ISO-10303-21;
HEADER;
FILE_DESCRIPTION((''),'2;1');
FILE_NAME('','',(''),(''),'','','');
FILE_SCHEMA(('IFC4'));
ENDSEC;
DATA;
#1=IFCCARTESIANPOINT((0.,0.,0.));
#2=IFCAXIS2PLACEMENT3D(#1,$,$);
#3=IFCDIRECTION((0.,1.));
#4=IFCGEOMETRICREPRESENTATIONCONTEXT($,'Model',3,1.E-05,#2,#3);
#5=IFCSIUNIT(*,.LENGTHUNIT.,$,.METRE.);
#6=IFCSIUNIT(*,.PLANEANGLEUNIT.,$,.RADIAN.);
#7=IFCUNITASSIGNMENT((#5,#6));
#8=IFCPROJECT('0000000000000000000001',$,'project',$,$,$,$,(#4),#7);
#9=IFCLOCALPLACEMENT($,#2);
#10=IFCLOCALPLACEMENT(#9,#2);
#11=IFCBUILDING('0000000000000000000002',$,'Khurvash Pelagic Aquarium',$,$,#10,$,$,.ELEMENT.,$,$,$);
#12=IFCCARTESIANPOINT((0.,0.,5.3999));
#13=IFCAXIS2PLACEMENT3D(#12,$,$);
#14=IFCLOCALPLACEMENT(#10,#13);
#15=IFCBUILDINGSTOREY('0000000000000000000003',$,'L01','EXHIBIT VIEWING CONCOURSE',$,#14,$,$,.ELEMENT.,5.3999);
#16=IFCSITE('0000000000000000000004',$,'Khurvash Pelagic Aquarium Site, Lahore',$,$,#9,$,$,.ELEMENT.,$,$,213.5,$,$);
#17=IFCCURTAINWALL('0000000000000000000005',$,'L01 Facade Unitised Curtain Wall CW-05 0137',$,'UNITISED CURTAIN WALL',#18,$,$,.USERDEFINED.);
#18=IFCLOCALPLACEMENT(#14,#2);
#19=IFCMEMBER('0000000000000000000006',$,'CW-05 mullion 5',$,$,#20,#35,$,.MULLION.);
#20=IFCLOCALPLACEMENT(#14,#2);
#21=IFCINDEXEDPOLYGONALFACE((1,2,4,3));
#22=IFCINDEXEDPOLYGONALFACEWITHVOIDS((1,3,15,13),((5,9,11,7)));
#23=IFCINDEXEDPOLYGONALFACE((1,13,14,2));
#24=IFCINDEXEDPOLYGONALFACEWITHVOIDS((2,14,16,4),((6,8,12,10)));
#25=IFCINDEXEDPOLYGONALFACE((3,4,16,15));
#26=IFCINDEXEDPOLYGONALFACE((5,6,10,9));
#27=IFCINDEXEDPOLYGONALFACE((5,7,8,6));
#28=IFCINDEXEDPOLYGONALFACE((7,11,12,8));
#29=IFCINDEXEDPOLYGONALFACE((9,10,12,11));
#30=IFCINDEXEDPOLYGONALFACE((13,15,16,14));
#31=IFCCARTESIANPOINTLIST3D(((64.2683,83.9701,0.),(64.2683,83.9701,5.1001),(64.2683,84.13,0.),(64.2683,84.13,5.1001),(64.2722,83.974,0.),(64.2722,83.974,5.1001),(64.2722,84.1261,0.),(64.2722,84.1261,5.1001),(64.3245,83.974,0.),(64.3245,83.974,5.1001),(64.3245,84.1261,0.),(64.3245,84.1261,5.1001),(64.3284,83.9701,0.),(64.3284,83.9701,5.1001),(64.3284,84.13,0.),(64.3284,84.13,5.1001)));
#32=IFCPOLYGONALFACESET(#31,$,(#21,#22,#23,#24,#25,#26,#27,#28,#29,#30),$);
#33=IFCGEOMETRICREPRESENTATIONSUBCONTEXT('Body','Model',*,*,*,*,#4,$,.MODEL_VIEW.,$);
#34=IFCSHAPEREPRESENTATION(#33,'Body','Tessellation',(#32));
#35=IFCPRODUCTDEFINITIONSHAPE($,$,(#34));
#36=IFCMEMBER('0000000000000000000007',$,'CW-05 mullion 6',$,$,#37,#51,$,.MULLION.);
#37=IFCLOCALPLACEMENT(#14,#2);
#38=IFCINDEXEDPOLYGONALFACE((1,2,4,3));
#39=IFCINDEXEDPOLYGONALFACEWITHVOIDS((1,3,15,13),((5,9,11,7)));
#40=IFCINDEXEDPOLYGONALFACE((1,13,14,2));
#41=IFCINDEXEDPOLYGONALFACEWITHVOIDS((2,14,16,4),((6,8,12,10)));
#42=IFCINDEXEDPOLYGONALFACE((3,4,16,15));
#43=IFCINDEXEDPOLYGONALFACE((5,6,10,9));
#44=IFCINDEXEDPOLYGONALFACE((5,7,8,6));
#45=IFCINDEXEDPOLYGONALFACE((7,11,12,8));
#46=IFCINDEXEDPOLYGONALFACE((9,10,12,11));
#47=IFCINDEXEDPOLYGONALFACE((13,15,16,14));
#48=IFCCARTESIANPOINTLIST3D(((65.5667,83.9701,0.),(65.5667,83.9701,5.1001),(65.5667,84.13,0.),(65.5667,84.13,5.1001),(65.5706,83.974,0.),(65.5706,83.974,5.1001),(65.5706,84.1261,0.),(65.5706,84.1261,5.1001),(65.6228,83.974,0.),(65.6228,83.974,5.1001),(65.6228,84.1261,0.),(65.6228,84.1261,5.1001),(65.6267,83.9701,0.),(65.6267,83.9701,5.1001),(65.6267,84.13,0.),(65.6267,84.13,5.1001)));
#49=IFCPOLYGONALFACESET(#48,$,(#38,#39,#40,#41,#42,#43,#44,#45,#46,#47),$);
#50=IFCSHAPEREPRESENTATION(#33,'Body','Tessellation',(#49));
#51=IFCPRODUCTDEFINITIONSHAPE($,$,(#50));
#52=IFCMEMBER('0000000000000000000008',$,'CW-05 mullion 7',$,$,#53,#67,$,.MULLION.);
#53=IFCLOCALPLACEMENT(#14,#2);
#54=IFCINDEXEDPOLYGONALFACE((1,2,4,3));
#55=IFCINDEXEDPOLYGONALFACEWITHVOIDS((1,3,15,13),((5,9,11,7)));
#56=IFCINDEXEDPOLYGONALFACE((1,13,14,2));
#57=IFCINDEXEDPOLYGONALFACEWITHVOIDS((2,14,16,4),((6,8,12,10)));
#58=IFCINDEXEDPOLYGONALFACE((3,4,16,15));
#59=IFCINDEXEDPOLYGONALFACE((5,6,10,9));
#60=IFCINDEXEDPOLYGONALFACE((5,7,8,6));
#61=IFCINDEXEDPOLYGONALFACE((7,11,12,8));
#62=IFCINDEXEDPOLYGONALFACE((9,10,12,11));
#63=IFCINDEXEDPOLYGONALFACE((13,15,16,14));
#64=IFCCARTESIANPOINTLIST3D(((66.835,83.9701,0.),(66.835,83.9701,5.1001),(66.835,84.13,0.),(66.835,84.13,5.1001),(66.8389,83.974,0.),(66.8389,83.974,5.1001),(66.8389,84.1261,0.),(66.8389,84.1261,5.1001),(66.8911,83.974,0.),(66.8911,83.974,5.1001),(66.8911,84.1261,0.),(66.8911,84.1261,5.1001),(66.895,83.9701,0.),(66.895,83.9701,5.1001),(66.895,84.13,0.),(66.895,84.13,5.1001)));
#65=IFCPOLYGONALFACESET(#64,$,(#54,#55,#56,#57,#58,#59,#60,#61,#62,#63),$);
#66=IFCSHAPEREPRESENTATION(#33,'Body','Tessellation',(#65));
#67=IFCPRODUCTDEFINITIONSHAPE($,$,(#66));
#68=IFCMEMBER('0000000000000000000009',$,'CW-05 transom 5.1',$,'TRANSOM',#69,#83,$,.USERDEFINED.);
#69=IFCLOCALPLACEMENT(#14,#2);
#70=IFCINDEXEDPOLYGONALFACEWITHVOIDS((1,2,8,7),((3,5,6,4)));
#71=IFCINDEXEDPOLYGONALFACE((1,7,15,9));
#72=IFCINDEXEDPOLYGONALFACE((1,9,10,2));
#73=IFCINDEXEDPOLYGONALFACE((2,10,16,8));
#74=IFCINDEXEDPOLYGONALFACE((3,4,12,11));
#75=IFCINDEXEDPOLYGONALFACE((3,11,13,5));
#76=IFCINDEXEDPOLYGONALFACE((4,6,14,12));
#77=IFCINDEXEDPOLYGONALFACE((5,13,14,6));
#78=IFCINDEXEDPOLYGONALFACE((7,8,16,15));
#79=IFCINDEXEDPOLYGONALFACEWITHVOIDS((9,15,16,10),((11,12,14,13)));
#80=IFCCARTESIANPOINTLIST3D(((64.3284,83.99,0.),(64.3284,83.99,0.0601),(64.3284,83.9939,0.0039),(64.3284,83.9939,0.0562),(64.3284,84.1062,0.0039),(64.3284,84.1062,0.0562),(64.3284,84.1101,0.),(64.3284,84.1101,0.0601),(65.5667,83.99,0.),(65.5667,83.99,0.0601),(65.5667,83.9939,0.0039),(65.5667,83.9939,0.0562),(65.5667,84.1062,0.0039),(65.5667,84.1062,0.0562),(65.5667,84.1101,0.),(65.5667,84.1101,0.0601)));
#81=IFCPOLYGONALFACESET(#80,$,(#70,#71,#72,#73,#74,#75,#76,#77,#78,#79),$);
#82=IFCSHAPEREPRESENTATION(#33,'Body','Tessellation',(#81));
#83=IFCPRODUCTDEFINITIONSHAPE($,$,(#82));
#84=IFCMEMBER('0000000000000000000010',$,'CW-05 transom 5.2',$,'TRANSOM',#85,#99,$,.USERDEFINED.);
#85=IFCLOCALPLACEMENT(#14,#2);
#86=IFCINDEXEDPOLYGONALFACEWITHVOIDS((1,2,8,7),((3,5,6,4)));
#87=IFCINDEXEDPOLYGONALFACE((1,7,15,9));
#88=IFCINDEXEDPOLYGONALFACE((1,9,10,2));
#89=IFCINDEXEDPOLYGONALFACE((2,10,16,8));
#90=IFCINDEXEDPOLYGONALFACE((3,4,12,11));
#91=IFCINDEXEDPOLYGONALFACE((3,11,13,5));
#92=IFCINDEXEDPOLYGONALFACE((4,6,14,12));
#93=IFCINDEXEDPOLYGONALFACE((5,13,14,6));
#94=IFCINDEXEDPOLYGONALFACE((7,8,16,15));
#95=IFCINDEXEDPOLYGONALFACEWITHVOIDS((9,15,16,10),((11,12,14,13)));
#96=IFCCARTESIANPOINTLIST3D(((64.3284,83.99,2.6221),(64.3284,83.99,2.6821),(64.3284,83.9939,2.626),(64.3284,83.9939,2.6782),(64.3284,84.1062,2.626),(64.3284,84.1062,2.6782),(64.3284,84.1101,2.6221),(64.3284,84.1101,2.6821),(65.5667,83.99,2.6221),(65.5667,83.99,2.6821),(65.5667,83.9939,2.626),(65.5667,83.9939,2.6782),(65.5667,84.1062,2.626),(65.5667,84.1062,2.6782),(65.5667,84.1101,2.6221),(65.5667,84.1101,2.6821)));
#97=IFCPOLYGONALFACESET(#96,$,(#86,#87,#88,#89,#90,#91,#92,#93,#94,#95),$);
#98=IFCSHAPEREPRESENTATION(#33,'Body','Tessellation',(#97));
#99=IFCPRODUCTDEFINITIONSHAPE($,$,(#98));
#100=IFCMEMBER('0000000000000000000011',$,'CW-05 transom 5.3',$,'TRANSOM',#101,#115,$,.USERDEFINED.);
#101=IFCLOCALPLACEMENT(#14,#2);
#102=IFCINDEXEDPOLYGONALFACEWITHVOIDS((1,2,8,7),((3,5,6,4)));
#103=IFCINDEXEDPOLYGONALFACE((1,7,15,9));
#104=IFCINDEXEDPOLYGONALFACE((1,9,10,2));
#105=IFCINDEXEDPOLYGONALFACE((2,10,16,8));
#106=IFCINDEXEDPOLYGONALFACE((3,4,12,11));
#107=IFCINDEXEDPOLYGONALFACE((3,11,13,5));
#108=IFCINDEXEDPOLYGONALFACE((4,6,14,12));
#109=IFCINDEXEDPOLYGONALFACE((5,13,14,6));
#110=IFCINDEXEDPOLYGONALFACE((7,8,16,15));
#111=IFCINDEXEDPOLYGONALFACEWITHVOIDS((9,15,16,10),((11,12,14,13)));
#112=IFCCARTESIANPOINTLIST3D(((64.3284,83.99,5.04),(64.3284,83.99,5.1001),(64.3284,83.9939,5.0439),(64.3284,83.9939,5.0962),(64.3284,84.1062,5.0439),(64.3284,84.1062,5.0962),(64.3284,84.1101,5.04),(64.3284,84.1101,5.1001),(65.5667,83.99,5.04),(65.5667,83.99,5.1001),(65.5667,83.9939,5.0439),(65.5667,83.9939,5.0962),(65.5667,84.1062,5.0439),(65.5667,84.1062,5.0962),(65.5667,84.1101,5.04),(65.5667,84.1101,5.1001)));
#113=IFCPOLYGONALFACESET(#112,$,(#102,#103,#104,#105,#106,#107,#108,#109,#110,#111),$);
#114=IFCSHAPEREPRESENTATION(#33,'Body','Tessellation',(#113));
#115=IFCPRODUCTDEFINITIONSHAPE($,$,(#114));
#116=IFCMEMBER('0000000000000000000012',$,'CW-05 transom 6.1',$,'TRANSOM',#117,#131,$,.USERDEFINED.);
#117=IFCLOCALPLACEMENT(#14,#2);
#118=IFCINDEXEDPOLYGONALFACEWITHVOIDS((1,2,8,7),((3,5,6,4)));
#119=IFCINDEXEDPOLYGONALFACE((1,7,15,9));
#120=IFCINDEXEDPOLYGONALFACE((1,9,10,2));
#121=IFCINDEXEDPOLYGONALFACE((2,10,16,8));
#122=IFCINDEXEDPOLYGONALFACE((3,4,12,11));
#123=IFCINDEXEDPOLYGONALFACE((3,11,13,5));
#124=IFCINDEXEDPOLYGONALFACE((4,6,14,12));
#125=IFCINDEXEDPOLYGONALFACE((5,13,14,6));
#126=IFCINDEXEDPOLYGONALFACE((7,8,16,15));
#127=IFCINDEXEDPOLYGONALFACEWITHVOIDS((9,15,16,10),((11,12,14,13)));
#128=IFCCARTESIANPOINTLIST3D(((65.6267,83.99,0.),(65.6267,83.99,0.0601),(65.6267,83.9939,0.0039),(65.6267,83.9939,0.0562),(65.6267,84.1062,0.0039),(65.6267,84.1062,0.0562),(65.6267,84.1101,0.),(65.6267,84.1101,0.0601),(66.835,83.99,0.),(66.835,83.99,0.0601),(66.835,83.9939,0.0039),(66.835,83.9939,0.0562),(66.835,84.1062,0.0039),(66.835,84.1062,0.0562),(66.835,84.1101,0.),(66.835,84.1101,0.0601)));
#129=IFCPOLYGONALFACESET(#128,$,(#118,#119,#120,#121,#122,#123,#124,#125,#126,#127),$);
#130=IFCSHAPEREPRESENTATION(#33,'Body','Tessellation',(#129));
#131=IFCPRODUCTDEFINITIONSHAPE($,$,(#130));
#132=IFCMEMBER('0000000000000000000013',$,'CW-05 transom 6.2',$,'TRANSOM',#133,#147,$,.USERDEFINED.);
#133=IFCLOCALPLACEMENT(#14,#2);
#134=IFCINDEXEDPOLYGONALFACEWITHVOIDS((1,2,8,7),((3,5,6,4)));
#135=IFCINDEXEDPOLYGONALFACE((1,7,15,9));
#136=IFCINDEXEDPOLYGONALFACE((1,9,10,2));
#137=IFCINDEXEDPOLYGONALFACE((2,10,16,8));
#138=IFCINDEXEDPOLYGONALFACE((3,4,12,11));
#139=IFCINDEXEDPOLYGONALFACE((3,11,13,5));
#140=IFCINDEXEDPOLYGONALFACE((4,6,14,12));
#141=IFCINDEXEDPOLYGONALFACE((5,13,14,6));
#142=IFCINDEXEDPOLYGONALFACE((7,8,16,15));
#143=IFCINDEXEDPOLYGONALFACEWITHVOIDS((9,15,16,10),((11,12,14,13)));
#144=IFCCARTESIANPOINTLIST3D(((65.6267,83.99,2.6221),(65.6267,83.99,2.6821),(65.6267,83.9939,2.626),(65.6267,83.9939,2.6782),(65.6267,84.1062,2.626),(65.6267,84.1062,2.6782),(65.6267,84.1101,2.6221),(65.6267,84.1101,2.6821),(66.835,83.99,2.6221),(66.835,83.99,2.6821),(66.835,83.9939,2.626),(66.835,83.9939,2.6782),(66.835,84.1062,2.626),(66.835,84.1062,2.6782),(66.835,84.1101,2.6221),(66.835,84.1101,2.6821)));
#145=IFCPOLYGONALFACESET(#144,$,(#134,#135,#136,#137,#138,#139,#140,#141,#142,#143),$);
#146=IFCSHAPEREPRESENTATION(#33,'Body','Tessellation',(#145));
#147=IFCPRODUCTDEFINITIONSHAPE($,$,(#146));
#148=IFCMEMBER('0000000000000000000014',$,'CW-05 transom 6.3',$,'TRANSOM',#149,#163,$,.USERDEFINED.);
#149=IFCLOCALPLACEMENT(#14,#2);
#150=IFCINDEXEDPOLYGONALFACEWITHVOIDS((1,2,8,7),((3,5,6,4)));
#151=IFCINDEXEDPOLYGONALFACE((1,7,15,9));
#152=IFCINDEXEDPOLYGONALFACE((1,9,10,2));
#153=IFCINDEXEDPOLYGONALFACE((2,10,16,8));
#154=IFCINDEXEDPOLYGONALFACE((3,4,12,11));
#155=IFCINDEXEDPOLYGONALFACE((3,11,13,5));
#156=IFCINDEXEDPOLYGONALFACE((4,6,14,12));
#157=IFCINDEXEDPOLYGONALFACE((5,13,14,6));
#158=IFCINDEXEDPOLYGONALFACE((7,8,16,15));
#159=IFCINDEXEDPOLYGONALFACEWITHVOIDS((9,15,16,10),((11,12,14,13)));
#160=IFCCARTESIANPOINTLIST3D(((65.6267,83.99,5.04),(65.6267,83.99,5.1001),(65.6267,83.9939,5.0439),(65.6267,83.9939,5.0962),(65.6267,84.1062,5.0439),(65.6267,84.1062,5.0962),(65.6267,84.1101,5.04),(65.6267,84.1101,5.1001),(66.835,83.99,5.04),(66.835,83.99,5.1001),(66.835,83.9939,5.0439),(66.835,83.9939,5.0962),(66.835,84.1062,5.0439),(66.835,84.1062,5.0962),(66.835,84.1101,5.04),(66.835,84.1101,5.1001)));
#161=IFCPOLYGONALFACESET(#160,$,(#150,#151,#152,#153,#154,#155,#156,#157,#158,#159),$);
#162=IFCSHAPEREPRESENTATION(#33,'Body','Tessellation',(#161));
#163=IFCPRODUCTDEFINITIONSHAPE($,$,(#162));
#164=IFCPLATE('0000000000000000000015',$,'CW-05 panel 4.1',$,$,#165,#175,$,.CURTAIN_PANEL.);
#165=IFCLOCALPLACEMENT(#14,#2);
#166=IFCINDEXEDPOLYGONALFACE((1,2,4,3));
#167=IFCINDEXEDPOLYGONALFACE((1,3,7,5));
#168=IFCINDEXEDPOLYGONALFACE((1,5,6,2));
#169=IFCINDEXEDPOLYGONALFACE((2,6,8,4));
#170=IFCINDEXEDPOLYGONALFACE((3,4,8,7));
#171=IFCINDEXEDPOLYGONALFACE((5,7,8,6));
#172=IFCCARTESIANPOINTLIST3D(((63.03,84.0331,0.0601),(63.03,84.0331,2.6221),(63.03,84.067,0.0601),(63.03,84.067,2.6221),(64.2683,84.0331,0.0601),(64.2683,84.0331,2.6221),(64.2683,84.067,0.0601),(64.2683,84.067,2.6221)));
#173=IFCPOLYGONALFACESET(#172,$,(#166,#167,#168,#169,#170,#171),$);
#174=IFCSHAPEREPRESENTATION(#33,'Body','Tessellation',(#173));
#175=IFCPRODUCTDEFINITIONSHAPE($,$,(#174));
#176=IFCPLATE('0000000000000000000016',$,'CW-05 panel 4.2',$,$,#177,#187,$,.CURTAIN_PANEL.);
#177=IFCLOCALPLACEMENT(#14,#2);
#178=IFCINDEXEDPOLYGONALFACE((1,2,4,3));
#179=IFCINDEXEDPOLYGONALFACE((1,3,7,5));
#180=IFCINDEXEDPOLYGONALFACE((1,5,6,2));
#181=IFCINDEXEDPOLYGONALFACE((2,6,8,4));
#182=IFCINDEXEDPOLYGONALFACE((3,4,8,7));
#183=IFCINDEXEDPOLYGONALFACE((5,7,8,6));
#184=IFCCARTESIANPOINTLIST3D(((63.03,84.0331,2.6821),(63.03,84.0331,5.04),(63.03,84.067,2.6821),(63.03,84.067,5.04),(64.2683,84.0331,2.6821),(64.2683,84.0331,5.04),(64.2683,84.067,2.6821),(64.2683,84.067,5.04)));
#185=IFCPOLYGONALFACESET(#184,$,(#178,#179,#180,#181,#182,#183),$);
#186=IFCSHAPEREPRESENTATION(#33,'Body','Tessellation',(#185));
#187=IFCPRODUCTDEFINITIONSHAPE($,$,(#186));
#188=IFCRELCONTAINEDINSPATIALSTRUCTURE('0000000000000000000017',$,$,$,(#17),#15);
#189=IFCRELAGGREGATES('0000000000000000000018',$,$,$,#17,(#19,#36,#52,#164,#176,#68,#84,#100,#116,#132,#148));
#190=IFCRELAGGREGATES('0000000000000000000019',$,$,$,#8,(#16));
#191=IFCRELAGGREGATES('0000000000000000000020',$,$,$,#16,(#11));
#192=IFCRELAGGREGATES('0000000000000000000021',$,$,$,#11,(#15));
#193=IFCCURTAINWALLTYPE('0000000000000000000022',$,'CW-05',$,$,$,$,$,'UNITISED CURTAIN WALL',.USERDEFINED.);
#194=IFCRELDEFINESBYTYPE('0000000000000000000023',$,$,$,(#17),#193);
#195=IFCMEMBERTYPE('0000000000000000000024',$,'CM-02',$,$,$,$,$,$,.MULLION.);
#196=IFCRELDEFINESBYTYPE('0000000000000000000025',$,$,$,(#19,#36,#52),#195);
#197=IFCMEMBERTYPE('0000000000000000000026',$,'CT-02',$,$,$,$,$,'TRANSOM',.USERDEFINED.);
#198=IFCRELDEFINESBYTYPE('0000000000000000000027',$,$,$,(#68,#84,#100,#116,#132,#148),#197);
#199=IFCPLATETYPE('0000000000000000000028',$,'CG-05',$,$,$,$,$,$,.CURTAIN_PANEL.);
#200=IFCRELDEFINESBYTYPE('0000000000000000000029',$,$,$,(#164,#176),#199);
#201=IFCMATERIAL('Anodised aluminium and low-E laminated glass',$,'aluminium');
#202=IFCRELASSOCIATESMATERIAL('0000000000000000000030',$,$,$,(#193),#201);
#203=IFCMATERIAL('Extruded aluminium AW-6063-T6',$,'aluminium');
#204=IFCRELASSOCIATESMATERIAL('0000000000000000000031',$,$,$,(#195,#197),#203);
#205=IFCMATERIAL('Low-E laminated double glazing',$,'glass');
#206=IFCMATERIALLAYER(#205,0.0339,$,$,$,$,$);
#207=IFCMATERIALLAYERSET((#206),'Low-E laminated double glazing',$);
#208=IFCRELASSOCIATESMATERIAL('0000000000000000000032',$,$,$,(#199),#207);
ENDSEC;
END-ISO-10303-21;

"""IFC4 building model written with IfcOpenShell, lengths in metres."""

from ifc_helpers import new_model, si_unit, direction, frame, origin, origin_2d, place, context, subcontext, project, spatial, rectangle, hollow_rectangle, extrude, material, layer, layer_set, material_profile, profile_set, type_object, element, aggregate, save


model = new_model("IFC4")

# Units and contexts
model_context = context("Model", 3, precision=1e-05, world=origin(), true_north=direction((0.0, 1.0)))
body_context = subcontext(model_context, "Body", "Model", "MODEL_VIEW")
ifc_project = project(units=[si_unit("LENGTHUNIT", "METRE"), si_unit("PLANEANGLEUNIT", "RADIAN")], contexts=[model_context])

# Site, building, storey
site_placement = place(None, origin())
site = spatial("IfcSite", under=ifc_project, at=site_placement, Name="Khurvash Pelagic Aquarium Site, Lahore", CompositionType="ELEMENT", RefElevation=213.5)
building_placement = place(site_placement, origin())
building = spatial("IfcBuilding", under=site, at=building_placement, Name="Khurvash Pelagic Aquarium", CompositionType="ELEMENT")
storey_placement = place(building_placement, frame((0.0, 0.0, 5.3999)))
storey = spatial("IfcBuildingStorey", under=building, at=storey_placement, Name="L01", Description="EXHIBIT VIEWING CONCOURSE", CompositionType="ELEMENT", Elevation=5.3999)

# Curtain wall, members, plates
ifc_material_1 = material(Name="Anodised aluminium and low-E laminated glass", Category="aluminium")
curtain_wall_type = type_object("IfcCurtainWallType", Name="CW-05", ElementType="UNITISED CURTAIN WALL", PredefinedType="USERDEFINED", material=ifc_material_1)
curtain_wall_placement = place(storey_placement, origin())
curtain_wall = element("IfcCurtainWall", 1, at=curtain_wall_placement, inside=storey, type_object=curtain_wall_type, Name="L01 Facade Unitised Curtain Wall CW-05 0137", ObjectType="UNITISED CURTAIN WALL", PredefinedType="USERDEFINED")
ifc_material_2 = material(Name="Extruded aluminium AW-6063-T6", Category="aluminium")
ifc_material_profile_1 = material_profile(ifc_material_2, hollow_rectangle(XDim=0.0601, YDim=0.1599, WallThickness=0.0039, at=origin_2d()), Name="CWM60X160X4")
ifc_profile_set_1 = profile_set([ifc_material_profile_1], Name="Extruded aluminium AW-6063-T6")
member_type_1 = type_object("IfcMemberType", Name="CM-02", PredefinedType="MULLION", material=ifc_profile_set_1)
member_1_placement = place(storey_placement, frame((64.2983, 84.05, 0.0), z_axis=(0.0, 0.0, 1.0), x_axis=(1.0, 0.0, 0.0)))
member_1 = element("IfcMember", 2, at=member_1_placement, type_object=member_type_1, Name="CW-05 mullion 5", PredefinedType="MULLION", context=body_context, shape_type="SweptSolid", body=[
    extrude(hollow_rectangle(XDim=0.0601, YDim=0.1599, WallThickness=0.0039, at=origin_2d()), origin(), (0.0, 0.0, 1.0), 5.1001),
])
member_2_placement = place(storey_placement, frame((65.5967, 84.05, 0.0), z_axis=(0.0, 0.0, 1.0), x_axis=(1.0, 0.0, 0.0)))
member_2 = element("IfcMember", 3, at=member_2_placement, type_object=member_type_1, Name="CW-05 mullion 6", PredefinedType="MULLION", context=body_context, shape_type="SweptSolid", body=[
    extrude(hollow_rectangle(XDim=0.0601, YDim=0.1599, WallThickness=0.0039, at=origin_2d()), origin(), (0.0, 0.0, 1.0), 5.1001),
])
member_3_placement = place(storey_placement, frame((66.865, 84.05, 0.0), z_axis=(0.0, 0.0, 1.0), x_axis=(1.0, 0.0, 0.0)))
member_3 = element("IfcMember", 4, at=member_3_placement, type_object=member_type_1, Name="CW-05 mullion 7", PredefinedType="MULLION", context=body_context, shape_type="SweptSolid", body=[
    extrude(hollow_rectangle(XDim=0.0601, YDim=0.1599, WallThickness=0.0039, at=origin_2d()), origin(), (0.0, 0.0, 1.0), 5.1001),
])
ifc_material_profile_2 = material_profile(ifc_material_2, hollow_rectangle(XDim=0.1201, YDim=0.0601, WallThickness=0.0039, at=origin_2d()), Name="CWT120X60X4")
ifc_profile_set_2 = profile_set([ifc_material_profile_2], Name="Extruded aluminium AW-6063-T6")
member_type_2 = type_object("IfcMemberType", Name="CT-02", ElementType="TRANSOM", PredefinedType="USERDEFINED", material=ifc_profile_set_2)
member_4_placement = place(storey_placement, frame((64.3284, 84.05, 0.03), z_axis=(1.0, 0.0, 0.0), x_axis=(0.0, 1.0, 0.0)))
member_4 = element("IfcMember", 5, at=member_4_placement, type_object=member_type_2, Name="CW-05 transom 5.1", ObjectType="TRANSOM", PredefinedType="USERDEFINED", context=body_context, shape_type="SweptSolid", body=[
    extrude(hollow_rectangle(XDim=0.1201, YDim=0.0601, WallThickness=0.0039, at=origin_2d()), origin(), (0.0, 0.0, 1.0), 1.2383),
])
member_5_placement = place(storey_placement, frame((64.3284, 84.05, 2.6521), z_axis=(1.0, 0.0, 0.0), x_axis=(0.0, 1.0, 0.0)))
member_5 = element("IfcMember", 6, at=member_5_placement, type_object=member_type_2, Name="CW-05 transom 5.2", ObjectType="TRANSOM", PredefinedType="USERDEFINED", context=body_context, shape_type="SweptSolid", body=[
    extrude(hollow_rectangle(XDim=0.1201, YDim=0.0601, WallThickness=0.0039, at=origin_2d()), origin(), (0.0, 0.0, 1.0), 1.2383),
])
member_6_placement = place(storey_placement, frame((64.3284, 84.05, 5.0701), z_axis=(1.0, 0.0, 0.0), x_axis=(0.0, 1.0, 0.0)))
member_6 = element("IfcMember", 7, at=member_6_placement, type_object=member_type_2, Name="CW-05 transom 5.3", ObjectType="TRANSOM", PredefinedType="USERDEFINED", context=body_context, shape_type="SweptSolid", body=[
    extrude(hollow_rectangle(XDim=0.1201, YDim=0.0601, WallThickness=0.0039, at=origin_2d()), origin(), (0.0, 0.0, 1.0), 1.2383),
])
member_7_placement = place(storey_placement, frame((65.6267, 84.05, 0.03), z_axis=(1.0, 0.0, 0.0), x_axis=(0.0, 1.0, 0.0)))
member_7 = element("IfcMember", 8, at=member_7_placement, type_object=member_type_2, Name="CW-05 transom 6.1", ObjectType="TRANSOM", PredefinedType="USERDEFINED", context=body_context, shape_type="SweptSolid", body=[
    extrude(hollow_rectangle(XDim=0.1201, YDim=0.0601, WallThickness=0.0039, at=origin_2d()), origin(), (0.0, 0.0, 1.0), 1.2083),
])
member_8_placement = place(storey_placement, frame((65.6267, 84.05, 2.6521), z_axis=(1.0, 0.0, 0.0), x_axis=(0.0, 1.0, 0.0)))
member_8 = element("IfcMember", 9, at=member_8_placement, type_object=member_type_2, Name="CW-05 transom 6.2", ObjectType="TRANSOM", PredefinedType="USERDEFINED", context=body_context, shape_type="SweptSolid", body=[
    extrude(hollow_rectangle(XDim=0.1201, YDim=0.0601, WallThickness=0.0039, at=origin_2d()), origin(), (0.0, 0.0, 1.0), 1.2083),
])
member_9_placement = place(storey_placement, frame((65.6267, 84.05, 5.0701), z_axis=(1.0, 0.0, 0.0), x_axis=(0.0, 1.0, 0.0)))
member_9 = element("IfcMember", 10, at=member_9_placement, type_object=member_type_2, Name="CW-05 transom 6.3", ObjectType="TRANSOM", PredefinedType="USERDEFINED", context=body_context, shape_type="SweptSolid", body=[
    extrude(hollow_rectangle(XDim=0.1201, YDim=0.0601, WallThickness=0.0039, at=origin_2d()), origin(), (0.0, 0.0, 1.0), 1.2083),
])
ifc_material_3 = material(Name="Low-E laminated double glazing", Category="glass")
ifc_layer_1 = layer(ifc_material_3, 0.0339)
ifc_layer_set_1 = layer_set([ifc_layer_1], Name="Low-E laminated double glazing")
plate_type_1 = type_object("IfcPlateType", Name="CG-05", PredefinedType="CURTAIN_PANEL", material=ifc_layer_set_1)
plate_1_placement = place(storey_placement, frame((63.6492, 84.05, 0.0601), z_axis=(0.0, 0.0, 1.0), x_axis=(1.0, 0.0, 0.0)))
plate_1 = element("IfcPlate", 11, at=plate_1_placement, type_object=plate_type_1, Name="CW-05 panel 4.1", PredefinedType="CURTAIN_PANEL", context=body_context, shape_type="SweptSolid", body=[
    extrude(rectangle(XDim=1.2383, YDim=0.0339, at=origin_2d()), origin(), (0.0, 0.0, 1.0), 2.562),
])
plate_2_placement = place(storey_placement, frame((63.6492, 84.05, 2.6821), z_axis=(0.0, 0.0, 1.0), x_axis=(1.0, 0.0, 0.0)))
plate_2 = element("IfcPlate", 12, at=plate_2_placement, type_object=plate_type_1, Name="CW-05 panel 4.2", PredefinedType="CURTAIN_PANEL", context=body_context, shape_type="SweptSolid", body=[
    extrude(rectangle(XDim=1.2383, YDim=0.0339, at=origin_2d()), origin(), (0.0, 0.0, 1.0), 2.3579),
])
aggregate(curtain_wall, [member_1, member_2, member_3, plate_1, plate_2, member_4, member_5, member_6, member_7, member_8, member_9])

save(model, "model.ifc")
